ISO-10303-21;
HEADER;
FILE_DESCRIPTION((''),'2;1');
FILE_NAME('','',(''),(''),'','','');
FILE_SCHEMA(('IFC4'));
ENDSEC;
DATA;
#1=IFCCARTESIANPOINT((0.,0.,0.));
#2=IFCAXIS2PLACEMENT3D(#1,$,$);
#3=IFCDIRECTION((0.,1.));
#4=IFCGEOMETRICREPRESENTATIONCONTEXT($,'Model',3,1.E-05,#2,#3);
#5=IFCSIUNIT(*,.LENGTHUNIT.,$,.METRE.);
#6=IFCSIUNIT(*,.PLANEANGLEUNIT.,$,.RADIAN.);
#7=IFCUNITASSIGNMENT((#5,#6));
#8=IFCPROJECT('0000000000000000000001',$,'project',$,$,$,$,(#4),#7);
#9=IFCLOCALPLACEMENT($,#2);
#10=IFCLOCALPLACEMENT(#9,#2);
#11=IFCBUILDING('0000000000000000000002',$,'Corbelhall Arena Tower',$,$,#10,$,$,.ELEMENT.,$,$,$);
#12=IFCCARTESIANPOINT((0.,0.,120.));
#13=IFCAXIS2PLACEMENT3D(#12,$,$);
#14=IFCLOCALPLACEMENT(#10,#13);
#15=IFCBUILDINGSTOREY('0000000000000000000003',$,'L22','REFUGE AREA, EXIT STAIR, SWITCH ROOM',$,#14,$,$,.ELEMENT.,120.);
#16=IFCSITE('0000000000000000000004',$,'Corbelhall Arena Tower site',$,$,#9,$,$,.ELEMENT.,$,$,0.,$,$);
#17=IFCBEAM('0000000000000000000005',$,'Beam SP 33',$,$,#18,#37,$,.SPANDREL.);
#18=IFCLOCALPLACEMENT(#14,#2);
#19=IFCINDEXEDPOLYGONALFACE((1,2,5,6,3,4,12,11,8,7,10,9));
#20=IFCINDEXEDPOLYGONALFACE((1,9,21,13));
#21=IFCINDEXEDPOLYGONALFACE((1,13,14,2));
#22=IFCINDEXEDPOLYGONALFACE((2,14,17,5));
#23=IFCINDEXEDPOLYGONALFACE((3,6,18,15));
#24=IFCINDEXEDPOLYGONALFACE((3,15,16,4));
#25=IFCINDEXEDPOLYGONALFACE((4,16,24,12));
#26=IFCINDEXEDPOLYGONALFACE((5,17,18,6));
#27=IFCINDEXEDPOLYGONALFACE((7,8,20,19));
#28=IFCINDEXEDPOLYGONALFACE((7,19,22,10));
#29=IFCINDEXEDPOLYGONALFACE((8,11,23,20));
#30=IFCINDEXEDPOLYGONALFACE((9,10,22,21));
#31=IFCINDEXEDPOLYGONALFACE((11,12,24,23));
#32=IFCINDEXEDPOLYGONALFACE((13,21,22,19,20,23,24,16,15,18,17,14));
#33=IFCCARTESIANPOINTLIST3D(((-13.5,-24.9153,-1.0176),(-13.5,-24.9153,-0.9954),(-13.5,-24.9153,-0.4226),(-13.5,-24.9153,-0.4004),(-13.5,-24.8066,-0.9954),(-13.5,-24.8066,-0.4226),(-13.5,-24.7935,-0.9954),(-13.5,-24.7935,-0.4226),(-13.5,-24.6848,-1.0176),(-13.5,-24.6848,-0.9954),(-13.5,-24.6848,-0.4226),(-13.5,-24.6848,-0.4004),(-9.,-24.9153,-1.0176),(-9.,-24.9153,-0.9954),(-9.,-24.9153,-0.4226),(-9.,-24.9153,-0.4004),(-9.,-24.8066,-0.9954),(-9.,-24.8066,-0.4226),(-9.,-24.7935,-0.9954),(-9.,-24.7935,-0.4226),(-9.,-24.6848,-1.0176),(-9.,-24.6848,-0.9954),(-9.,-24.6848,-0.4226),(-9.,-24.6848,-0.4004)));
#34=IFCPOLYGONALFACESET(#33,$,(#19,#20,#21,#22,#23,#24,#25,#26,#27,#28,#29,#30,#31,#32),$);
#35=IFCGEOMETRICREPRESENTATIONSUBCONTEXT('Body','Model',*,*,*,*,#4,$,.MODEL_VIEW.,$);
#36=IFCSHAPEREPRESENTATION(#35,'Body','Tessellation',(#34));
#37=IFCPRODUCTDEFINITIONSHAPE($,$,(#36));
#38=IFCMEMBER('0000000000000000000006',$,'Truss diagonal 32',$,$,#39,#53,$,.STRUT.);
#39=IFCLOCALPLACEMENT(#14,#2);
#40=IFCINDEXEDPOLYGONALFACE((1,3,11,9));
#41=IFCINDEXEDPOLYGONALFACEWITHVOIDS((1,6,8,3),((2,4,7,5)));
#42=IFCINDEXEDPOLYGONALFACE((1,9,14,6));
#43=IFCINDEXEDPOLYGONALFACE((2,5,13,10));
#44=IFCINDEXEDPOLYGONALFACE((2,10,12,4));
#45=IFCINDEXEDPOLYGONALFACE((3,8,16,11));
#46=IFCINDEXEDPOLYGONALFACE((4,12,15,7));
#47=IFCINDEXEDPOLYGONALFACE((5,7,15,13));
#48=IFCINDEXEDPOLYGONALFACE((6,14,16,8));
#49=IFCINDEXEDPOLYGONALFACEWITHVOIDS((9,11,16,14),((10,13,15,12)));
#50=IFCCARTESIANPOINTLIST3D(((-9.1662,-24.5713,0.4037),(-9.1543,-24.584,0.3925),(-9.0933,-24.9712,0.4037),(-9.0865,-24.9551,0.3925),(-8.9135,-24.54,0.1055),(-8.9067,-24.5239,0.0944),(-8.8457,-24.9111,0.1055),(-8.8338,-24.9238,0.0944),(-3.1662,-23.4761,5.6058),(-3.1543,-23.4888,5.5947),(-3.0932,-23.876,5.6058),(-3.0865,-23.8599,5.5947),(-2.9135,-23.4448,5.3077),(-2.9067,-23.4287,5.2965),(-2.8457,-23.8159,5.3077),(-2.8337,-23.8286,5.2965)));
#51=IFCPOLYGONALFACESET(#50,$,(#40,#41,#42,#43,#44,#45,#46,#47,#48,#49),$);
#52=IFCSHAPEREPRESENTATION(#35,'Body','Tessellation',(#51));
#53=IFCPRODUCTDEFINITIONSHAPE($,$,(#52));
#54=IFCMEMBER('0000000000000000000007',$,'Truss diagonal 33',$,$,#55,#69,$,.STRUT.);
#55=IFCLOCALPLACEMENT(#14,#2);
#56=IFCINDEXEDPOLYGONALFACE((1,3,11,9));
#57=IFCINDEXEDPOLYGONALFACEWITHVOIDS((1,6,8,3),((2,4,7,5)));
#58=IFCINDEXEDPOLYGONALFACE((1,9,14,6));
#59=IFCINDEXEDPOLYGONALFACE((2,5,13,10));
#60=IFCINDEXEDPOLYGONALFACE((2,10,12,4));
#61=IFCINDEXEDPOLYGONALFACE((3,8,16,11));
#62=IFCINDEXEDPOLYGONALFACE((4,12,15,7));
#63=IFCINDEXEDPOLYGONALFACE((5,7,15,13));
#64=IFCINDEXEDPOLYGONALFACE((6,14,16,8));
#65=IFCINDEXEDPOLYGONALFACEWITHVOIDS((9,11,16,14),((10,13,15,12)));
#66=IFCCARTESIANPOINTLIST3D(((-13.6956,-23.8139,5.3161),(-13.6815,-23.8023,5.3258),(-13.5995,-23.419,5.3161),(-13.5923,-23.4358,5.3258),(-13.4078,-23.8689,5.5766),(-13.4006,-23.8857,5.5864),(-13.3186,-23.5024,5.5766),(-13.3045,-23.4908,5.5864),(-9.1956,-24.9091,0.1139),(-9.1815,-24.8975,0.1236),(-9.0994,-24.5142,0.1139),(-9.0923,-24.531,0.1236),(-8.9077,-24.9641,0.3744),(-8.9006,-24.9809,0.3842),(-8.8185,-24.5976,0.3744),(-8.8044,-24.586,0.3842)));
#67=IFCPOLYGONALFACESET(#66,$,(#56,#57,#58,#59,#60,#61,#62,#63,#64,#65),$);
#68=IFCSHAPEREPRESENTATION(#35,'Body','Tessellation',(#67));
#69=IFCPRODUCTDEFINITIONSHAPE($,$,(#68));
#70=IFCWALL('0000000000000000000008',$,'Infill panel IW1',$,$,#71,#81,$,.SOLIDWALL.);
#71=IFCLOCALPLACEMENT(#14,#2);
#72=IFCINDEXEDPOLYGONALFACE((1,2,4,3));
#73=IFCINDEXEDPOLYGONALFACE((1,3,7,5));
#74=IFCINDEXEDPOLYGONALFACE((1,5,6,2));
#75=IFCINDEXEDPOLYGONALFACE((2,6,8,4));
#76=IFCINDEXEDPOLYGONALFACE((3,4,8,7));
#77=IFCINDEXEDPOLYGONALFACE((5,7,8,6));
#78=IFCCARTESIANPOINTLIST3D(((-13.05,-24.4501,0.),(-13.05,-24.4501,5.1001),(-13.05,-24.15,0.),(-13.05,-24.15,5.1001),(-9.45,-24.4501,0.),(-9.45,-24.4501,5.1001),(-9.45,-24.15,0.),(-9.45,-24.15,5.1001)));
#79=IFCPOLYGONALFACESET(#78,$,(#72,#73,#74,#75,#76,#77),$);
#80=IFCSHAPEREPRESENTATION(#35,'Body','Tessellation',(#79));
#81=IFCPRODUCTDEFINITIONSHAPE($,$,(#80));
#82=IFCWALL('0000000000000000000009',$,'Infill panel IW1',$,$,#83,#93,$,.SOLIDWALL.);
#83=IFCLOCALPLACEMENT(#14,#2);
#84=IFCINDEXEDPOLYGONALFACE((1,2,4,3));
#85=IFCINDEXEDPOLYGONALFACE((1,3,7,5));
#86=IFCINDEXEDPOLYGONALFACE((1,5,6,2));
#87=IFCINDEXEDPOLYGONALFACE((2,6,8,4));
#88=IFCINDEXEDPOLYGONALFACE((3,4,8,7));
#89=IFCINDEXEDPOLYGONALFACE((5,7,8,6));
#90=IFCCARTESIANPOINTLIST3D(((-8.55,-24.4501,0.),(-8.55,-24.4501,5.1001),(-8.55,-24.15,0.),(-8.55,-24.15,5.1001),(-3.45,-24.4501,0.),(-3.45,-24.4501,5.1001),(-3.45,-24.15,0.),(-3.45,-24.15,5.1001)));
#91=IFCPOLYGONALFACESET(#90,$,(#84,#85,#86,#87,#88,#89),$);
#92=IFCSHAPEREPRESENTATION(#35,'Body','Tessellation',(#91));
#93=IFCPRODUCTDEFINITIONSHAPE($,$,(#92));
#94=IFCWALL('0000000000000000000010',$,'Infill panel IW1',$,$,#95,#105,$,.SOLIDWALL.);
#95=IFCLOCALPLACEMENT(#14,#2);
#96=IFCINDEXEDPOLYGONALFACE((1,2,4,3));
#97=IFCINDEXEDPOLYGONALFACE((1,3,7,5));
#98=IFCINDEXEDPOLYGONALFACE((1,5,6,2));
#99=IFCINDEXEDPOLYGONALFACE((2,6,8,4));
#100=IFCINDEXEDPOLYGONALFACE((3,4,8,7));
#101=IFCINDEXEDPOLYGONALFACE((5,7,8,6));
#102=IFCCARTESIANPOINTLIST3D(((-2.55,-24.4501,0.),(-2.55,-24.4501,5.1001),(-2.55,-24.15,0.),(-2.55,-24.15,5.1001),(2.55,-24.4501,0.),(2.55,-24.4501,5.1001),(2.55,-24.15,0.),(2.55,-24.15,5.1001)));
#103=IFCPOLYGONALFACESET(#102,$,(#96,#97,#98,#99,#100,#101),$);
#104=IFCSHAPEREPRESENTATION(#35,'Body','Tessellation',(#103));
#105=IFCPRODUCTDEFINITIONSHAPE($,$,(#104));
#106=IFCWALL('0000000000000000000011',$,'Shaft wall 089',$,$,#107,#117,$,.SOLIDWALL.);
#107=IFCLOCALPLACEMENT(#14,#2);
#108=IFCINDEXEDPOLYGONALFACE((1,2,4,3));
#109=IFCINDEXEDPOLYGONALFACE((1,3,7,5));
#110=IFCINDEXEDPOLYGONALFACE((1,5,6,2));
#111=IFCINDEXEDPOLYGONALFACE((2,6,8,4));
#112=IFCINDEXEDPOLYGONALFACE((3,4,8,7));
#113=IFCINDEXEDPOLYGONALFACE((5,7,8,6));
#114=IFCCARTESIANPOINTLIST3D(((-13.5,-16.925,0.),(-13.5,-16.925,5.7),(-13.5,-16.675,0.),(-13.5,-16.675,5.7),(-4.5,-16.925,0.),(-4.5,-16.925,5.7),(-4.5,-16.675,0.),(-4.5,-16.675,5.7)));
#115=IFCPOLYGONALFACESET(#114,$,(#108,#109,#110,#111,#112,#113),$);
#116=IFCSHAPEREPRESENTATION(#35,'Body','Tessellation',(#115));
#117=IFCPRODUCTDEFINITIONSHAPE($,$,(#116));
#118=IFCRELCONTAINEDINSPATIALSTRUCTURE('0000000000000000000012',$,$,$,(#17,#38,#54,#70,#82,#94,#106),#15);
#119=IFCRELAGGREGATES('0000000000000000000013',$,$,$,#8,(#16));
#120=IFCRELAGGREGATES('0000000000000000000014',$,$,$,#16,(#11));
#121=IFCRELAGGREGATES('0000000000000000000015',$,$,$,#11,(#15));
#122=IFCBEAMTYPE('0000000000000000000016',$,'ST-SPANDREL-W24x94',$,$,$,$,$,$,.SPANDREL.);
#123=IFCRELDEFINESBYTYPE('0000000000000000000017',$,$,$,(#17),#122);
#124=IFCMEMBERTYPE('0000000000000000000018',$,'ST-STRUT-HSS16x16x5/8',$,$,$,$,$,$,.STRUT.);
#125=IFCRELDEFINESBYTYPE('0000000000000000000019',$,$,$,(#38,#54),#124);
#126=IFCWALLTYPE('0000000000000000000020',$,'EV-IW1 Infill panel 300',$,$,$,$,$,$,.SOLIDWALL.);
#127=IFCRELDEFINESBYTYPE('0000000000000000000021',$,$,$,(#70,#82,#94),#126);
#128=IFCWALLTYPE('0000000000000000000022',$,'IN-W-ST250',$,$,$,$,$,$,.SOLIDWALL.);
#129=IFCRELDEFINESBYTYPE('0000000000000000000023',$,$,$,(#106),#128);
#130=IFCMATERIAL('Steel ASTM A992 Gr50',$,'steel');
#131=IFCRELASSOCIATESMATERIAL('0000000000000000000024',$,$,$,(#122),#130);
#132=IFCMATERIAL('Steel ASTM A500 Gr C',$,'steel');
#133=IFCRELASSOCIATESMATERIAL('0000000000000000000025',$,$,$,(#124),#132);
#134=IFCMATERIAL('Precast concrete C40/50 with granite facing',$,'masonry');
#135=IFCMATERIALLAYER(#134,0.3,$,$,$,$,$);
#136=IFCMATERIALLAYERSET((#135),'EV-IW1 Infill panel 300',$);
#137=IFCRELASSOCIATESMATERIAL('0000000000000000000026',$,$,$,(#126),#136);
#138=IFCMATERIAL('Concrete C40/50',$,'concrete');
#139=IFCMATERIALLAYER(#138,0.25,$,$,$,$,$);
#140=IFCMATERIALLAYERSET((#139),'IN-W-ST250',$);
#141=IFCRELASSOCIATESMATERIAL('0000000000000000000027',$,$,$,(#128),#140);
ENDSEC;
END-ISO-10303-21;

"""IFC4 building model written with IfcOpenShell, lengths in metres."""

from ifc_helpers import new_model, si_unit, direction, frame, frame_2d, origin, origin_2d, place, context, subcontext, project, spatial, rectangle, hollow_rectangle, i_section, extrude, material, layer, layer_set, material_profile, profile_set, type_object, element, save


model = new_model("IFC4")

# Units and contexts
model_context = context("Model", 3, precision=1e-05, world=origin(), true_north=direction((0.0, 1.0)))
body_context = subcontext(model_context, "Body", "Model", "MODEL_VIEW")
ifc_project = project(units=[si_unit("LENGTHUNIT", "METRE"), si_unit("PLANEANGLEUNIT", "RADIAN")], contexts=[model_context])

# Site, building, storey
site_placement = place(None, origin())
site = spatial("IfcSite", under=ifc_project, at=site_placement, Name="Corbelhall Arena Tower site", CompositionType="ELEMENT", RefElevation=0.0)
building_placement = place(site_placement, origin())
building = spatial("IfcBuilding", under=site, at=building_placement, Name="Corbelhall Arena Tower", CompositionType="ELEMENT")
storey_placement = place(building_placement, frame((0.0, 0.0, 120.0)))
storey = spatial("IfcBuildingStorey", under=building, at=storey_placement, Name="L22", Description="REFUGE AREA, EXIT STAIR, SWITCH ROOM", CompositionType="ELEMENT", Elevation=120.0)

# Beam
ifc_material_1 = material(Name="Steel ASTM A992 Gr50", Category="steel")
ifc_material_profile_1 = material_profile(ifc_material_1, i_section(OverallWidth=0.2305, OverallDepth=0.6172, WebThickness=0.0132, FlangeThickness=0.0222, at=origin_2d()))
ifc_profile_set_1 = profile_set([ifc_material_profile_1], Name="Steel ASTM A992 Gr50")
beam_type = type_object("IfcBeamType", Name="ST-SPANDREL-W24x94", PredefinedType="SPANDREL", material=ifc_profile_set_1)
beam_1_placement = place(storey_placement, frame((-9.0, -24.8, -0.709), z_axis=(-1.0, 0.0, 0.0), x_axis=(0.0, -1.0, 0.0)))
element("IfcBeam", 1, at=beam_1_placement, inside=storey, type_object=beam_type, Name="Beam SP 33", PredefinedType="SPANDREL", context=body_context, shape_type="SweptSolid", body=[
    extrude(i_section(OverallWidth=0.2305, OverallDepth=0.6172, WebThickness=0.0132, FlangeThickness=0.0222, at=origin_2d()), origin(), (0.0, 0.0, 1.0), 4.5),
])

# Members
ifc_material_2 = material(Name="Steel ASTM A500 Gr C", Category="steel")
ifc_material_profile_2 = material_profile(ifc_material_2, hollow_rectangle(XDim=0.4065, YDim=0.4065, WallThickness=0.0146, at=origin_2d()))
ifc_profile_set_2 = profile_set([ifc_material_profile_2], Name="Steel ASTM A500 Gr C")
member_type_1 = type_object("IfcMemberType", Name="ST-STRUT-HSS16x16x5/8", PredefinedType="STRUT", material=ifc_profile_set_2)
member_1_placement = place(storey_placement, frame((-9.0, -24.7476, 0.249), z_axis=(0.74847, 0.136623, 0.648942), x_axis=(-0.179569, 0.983745, 0.0)))
element("IfcMember", 2, at=member_1_placement, inside=storey, type_object=member_type_1, Name="Truss diagonal 32", PredefinedType="STRUT", context=body_context, shape_type="SweptSolid", body=[
    extrude(hollow_rectangle(XDim=0.4065, YDim=0.4065, WallThickness=0.0146, at=origin_2d()), origin(), (0.0, 0.0, 1.0), 8.0164),
])
member_2_placement = place(storey_placement, frame((-9.0, -24.7476, 0.249), z_axis=(-0.646083, 0.157244, 0.746894), x_axis=(-0.236478, -0.971637, 0.0)))
element("IfcMember", 3, at=member_2_placement, inside=storey, type_object=member_type_1, Name="Truss diagonal 33", PredefinedType="STRUT", context=body_context, shape_type="SweptSolid", body=[
    extrude(hollow_rectangle(XDim=0.4065, YDim=0.4065, WallThickness=0.0146, at=origin_2d()), origin(), (0.0, 0.0, 1.0), 6.9651),
])

# Walls
ifc_material_3 = material(Name="Precast concrete C40/50 with granite facing", Category="masonry")
ifc_layer_1 = layer(ifc_material_3, 0.3)
ifc_layer_set_1 = layer_set([ifc_layer_1], Name="EV-IW1 Infill panel 300")
wall_type_1 = type_object("IfcWallType", Name="EV-IW1 Infill panel 300", PredefinedType="SOLIDWALL", material=ifc_layer_set_1)
wall_1_placement = place(storey_placement, frame((-13.05, -24.3, 0.0), z_axis=(0.0, 0.0, 1.0), x_axis=(1.0, 0.0, 0.0)))
element("IfcWall", 4, at=wall_1_placement, inside=storey, type_object=wall_type_1, Name="Infill panel IW1", PredefinedType="SOLIDWALL", context=body_context, shape_type="SweptSolid", body=[
    extrude(rectangle(XDim=3.6001, YDim=0.3, at=frame_2d((1.8, 0.0))), origin(), (0.0, 0.0, 1.0), 5.1001),
])
for number, where, z_axis, x_axis, name in (
    (5, (-8.55, -24.3, 0.0), (0.0, 0.0, 1.0), (1.0, 0.0, 0.0), "Infill panel IW1"),
    (6, (-2.55, -24.3, 0.0), (0.0, 0.0, 1.0), (1.0, 0.0, 0.0), "Infill panel IW1"),
):
    element("IfcWall", number, at=place(storey_placement, frame(where, z_axis=z_axis, x_axis=x_axis)), inside=storey, type_object=wall_type_1, Name=name, PredefinedType="SOLIDWALL", context=body_context, shape_type="SweptSolid", body=[
        extrude(rectangle(XDim=5.1001, YDim=0.3, at=frame_2d((2.55, 0.0))), origin(), (0.0, 0.0, 1.0), 5.1001),
    ])

# Wall
ifc_material_4 = material(Name="Concrete C40/50", Category="concrete")
ifc_layer_2 = layer(ifc_material_4, 0.25)
ifc_layer_set_2 = layer_set([ifc_layer_2], Name="IN-W-ST250")
wall_type_2 = type_object("IfcWallType", Name="IN-W-ST250", PredefinedType="SOLIDWALL", material=ifc_layer_set_2)
wall_2_placement = place(storey_placement, frame((-4.5, -16.8, 0.0), z_axis=(0.0, 0.0, 1.0), x_axis=(-1.0, 0.0, 0.0)))
element("IfcWall", 7, at=wall_2_placement, inside=storey, type_object=wall_type_2, Name="Shaft wall 089", PredefinedType="SOLIDWALL", context=body_context, shape_type="SweptSolid", body=[
    extrude(rectangle(XDim=9.0, YDim=0.25, at=frame_2d((4.5, 0.0))), origin(), (0.0, 0.0, 1.0), 5.7),
])

save(model, "model.ifc")
